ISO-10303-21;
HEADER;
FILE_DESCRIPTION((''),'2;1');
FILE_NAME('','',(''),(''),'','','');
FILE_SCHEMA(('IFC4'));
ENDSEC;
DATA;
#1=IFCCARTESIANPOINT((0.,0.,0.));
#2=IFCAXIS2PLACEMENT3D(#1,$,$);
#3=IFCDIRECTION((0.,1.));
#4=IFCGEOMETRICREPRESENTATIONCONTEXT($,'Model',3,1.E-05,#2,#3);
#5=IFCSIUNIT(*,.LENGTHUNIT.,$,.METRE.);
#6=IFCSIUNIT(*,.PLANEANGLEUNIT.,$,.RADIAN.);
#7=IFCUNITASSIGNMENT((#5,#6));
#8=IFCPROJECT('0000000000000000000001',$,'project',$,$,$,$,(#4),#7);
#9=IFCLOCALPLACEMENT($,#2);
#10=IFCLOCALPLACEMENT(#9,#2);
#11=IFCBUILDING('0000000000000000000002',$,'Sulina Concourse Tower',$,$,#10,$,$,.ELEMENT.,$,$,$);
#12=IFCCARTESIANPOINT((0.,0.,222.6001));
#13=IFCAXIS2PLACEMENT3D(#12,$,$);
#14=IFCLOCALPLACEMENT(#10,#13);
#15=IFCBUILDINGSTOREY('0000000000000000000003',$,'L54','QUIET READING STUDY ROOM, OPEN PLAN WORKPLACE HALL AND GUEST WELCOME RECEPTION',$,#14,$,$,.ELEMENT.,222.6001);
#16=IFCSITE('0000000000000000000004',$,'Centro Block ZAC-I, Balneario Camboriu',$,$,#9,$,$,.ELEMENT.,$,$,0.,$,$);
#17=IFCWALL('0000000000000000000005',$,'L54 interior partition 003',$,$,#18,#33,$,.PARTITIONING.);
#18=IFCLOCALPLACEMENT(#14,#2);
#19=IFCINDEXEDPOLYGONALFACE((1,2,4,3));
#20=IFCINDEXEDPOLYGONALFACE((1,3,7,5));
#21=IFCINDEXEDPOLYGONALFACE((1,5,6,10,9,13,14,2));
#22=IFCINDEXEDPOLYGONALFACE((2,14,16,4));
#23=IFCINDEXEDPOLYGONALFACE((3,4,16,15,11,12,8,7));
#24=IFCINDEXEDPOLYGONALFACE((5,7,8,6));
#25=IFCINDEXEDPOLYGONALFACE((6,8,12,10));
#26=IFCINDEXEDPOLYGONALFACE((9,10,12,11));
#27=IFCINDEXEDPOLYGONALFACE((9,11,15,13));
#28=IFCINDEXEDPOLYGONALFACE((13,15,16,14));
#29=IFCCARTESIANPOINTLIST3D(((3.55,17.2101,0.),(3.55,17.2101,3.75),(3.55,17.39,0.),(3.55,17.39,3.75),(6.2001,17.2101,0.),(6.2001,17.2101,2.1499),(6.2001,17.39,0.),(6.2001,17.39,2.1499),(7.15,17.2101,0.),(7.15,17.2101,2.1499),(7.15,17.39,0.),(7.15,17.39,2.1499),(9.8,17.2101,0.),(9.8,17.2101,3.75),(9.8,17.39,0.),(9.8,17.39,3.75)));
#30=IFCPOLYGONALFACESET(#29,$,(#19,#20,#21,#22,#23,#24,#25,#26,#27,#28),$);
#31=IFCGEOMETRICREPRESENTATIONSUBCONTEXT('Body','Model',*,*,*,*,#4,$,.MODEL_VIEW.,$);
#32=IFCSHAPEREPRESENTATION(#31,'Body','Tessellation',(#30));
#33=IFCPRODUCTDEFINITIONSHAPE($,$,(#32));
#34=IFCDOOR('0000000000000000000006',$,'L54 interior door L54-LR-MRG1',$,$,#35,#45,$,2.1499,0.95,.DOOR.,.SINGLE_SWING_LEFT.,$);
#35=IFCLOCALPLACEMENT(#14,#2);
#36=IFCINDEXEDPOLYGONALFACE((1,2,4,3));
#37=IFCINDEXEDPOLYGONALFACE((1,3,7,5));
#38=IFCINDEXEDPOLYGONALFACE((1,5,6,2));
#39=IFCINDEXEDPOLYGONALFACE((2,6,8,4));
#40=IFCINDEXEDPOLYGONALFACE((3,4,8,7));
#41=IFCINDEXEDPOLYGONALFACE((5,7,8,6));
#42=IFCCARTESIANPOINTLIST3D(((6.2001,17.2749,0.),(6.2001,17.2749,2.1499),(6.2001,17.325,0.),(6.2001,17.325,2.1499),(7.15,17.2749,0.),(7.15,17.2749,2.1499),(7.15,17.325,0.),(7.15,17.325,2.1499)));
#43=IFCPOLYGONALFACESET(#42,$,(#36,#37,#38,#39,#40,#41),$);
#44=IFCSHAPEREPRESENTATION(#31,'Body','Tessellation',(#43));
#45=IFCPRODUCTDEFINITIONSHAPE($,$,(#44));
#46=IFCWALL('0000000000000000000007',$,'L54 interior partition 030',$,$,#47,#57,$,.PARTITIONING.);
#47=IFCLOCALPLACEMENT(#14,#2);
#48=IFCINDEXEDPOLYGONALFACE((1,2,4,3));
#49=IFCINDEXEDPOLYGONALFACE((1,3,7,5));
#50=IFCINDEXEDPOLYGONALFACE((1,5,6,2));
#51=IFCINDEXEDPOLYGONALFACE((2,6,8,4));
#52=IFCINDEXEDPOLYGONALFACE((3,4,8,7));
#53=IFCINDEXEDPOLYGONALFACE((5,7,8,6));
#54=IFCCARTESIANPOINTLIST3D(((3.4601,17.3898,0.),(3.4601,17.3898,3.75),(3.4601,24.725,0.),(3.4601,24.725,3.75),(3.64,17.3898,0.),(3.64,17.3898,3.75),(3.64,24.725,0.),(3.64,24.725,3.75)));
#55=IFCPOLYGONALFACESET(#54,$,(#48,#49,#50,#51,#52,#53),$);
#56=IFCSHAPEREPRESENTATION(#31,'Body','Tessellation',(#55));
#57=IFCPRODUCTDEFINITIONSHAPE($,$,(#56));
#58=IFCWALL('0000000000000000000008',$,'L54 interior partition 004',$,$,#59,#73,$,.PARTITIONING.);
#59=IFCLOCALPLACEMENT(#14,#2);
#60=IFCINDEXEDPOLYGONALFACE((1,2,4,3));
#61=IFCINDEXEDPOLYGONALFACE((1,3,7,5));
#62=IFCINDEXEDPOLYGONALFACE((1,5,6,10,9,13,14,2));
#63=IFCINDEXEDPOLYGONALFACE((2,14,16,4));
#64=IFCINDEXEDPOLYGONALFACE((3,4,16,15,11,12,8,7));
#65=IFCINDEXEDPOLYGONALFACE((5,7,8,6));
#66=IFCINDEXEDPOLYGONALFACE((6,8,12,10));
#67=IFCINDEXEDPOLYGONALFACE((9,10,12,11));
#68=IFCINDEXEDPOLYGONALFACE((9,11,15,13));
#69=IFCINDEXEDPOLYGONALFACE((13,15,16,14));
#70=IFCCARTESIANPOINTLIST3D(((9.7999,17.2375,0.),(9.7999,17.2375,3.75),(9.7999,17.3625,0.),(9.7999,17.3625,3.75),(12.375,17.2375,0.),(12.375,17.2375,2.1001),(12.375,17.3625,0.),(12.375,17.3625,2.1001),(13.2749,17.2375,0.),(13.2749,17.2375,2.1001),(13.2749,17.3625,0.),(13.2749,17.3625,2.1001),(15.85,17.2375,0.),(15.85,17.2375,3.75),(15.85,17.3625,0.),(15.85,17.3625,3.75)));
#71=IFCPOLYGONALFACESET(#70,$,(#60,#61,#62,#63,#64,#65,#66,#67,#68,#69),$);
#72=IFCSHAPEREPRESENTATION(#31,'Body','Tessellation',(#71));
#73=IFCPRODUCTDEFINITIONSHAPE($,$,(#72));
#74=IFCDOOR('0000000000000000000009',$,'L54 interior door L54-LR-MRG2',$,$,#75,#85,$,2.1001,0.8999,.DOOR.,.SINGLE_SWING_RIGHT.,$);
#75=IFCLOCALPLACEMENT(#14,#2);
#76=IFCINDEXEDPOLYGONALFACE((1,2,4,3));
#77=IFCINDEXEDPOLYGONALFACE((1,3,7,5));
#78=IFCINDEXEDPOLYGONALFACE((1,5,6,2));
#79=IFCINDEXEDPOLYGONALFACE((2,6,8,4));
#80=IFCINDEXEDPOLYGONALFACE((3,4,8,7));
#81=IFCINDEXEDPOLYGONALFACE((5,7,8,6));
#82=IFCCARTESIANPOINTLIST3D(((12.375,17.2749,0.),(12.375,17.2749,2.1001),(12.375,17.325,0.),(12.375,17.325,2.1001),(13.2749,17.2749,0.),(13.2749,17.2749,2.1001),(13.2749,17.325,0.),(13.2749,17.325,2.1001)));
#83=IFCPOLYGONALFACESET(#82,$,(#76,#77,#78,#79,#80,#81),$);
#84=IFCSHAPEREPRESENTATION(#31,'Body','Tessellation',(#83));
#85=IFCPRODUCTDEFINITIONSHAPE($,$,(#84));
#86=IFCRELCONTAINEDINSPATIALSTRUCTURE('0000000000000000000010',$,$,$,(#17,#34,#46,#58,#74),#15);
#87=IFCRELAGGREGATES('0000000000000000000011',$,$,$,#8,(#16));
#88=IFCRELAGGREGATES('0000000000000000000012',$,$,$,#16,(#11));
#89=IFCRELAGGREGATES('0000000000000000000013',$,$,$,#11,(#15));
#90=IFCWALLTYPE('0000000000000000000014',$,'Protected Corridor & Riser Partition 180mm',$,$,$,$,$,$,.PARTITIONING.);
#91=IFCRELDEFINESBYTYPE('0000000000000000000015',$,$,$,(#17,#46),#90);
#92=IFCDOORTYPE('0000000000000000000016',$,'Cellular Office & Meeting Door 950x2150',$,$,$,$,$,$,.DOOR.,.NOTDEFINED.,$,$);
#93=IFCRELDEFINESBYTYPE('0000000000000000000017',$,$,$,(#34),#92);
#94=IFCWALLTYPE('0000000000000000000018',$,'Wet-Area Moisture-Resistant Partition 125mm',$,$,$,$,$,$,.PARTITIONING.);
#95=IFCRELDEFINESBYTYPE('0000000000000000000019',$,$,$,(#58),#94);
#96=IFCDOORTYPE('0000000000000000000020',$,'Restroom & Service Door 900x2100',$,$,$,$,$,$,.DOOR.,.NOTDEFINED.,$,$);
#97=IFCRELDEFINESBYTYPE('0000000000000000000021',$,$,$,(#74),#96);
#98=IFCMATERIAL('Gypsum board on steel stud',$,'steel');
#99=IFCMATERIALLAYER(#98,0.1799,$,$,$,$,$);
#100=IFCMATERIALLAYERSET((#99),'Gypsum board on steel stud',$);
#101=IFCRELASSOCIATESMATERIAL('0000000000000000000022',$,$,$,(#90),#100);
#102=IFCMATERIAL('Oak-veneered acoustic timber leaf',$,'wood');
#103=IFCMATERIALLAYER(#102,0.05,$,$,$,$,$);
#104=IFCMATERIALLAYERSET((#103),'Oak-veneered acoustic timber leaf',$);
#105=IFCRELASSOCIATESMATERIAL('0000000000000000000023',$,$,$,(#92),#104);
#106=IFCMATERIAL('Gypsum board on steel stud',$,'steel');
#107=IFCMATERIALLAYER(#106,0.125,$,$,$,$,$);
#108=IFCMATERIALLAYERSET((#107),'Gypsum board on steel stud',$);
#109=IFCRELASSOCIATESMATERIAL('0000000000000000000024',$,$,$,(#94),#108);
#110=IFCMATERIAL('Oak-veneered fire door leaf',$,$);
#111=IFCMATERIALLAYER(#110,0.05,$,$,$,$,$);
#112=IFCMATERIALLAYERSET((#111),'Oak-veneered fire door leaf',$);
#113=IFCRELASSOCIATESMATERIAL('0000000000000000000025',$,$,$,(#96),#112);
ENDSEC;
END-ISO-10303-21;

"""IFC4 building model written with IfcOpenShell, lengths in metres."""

from ifc_helpers import new_model, si_unit, direction, frame, frame_2d, origin, place, context, subcontext, project, spatial, rectangle, extrude, material, layer, layer_set, type_object, element, fill, save


model = new_model("IFC4")

# Units and contexts
model_context = context("Model", 3, precision=1e-05, world=origin(), true_north=direction((0.0, 1.0)))
body_context = subcontext(model_context, "Body", "Model", "MODEL_VIEW")
ifc_project = project(units=[si_unit("LENGTHUNIT", "METRE"), si_unit("PLANEANGLEUNIT", "RADIAN")], contexts=[model_context])

# Site, building, storey
site_placement = place(None, origin())
site = spatial("IfcSite", under=ifc_project, at=site_placement, Name="Centro Block ZAC-I, Balneario Camboriu", CompositionType="ELEMENT", RefElevation=0.0)
building_placement = place(site_placement, origin())
building = spatial("IfcBuilding", under=site, at=building_placement, Name="Sulina Concourse Tower", CompositionType="ELEMENT")
storey_placement = place(building_placement, frame((0.0, 0.0, 222.6001)))
storey = spatial("IfcBuildingStorey", under=building, at=storey_placement, Name="L54", Description="QUIET READING STUDY ROOM, OPEN PLAN WORKPLACE HALL AND GUEST WELCOME RECEPTION", CompositionType="ELEMENT", Elevation=222.6001)

# Wall, opening, door
ifc_material_1 = material(Name="Gypsum board on steel stud", Category="steel")
ifc_layer_1 = layer(ifc_material_1, 0.1799)
ifc_layer_set_1 = layer_set([ifc_layer_1], Name="Gypsum board on steel stud")
wall_type_1 = type_object("IfcWallType", Name="Protected Corridor & Riser Partition 180mm", PredefinedType="PARTITIONING", material=ifc_layer_set_1)
ifc_material_2 = material(Name="Oak-veneered acoustic timber leaf", Category="wood")
ifc_layer_2 = layer(ifc_material_2, 0.05)
ifc_layer_set_2 = layer_set([ifc_layer_2], Name="Oak-veneered acoustic timber leaf")
door_type_1 = type_object("IfcDoorType", Name="Cellular Office & Meeting Door 950x2150", OperationType="NOTDEFINED", PredefinedType="DOOR", material=ifc_layer_set_2)
wall_1_placement = place(storey_placement, frame((3.55, 17.3, 0.0), z_axis=(0.0, 0.0, 1.0), x_axis=(1.0, 0.0, 0.0)))
wall_1 = element("IfcWall", 1, at=wall_1_placement, inside=storey, type_object=wall_type_1, Name="L54 interior partition 003", PredefinedType="PARTITIONING", context=body_context, shape_type="SweptSolid", body=[
    extrude(rectangle(XDim=6.25, YDim=0.1799, at=frame_2d((3.125, 0.0))), origin(), (0.0, 0.0, 1.0), 3.75),
])
opening_1_placement = place(wall_1_placement, frame((2.6499, 0.0, 0.0)))
opening_1 = element("IfcOpeningElement", 2, at=opening_1_placement, cuts=wall_1, PredefinedType="OPENING", context=body_context, shape_type="SweptSolid", body=[
    extrude(rectangle(XDim=0.95, YDim=2.1499, at=frame_2d((0.4751, 1.075))), frame((0.0, 0.0999, 0.0), z_axis=(0.0, -1.0, 0.0), x_axis=(1.0, 0.0, 0.0)), (0.0, 0.0, 1.0), 0.2),
])
door_1_placement = place(opening_1_placement, origin())
door_1 = element("IfcDoor", 3, at=door_1_placement, inside=storey, type_object=door_type_1, Name="L54 interior door L54-LR-MRG1", OperationType="SINGLE_SWING_LEFT", OverallHeight=2.1499, OverallWidth=0.95, PredefinedType="DOOR", context=body_context, shape_type="SweptSolid", body=[
    extrude(rectangle(XDim=0.95, YDim=2.1499, at=frame_2d((0.4751, 1.075))), frame((0.0, 0.0249, 0.0), z_axis=(0.0, -1.0, 0.0), x_axis=(1.0, 0.0, 0.0)), (0.0, 0.0, 1.0), 0.05),
])
fill(opening_1, door_1)

# Wall
wall_2_placement = place(storey_placement, frame((3.55, 17.3899, 0.0), z_axis=(0.0, 0.0, 1.0), x_axis=(0.0, 1.0, 0.0)))
element("IfcWall", 4, at=wall_2_placement, inside=storey, type_object=wall_type_1, Name="L54 interior partition 030", PredefinedType="PARTITIONING", context=body_context, shape_type="SweptSolid", body=[
    extrude(rectangle(XDim=7.3352, YDim=0.1799, at=frame_2d((3.6675, 0.0))), origin(), (0.0, 0.0, 1.0), 3.75),
])

# Wall, opening, door
ifc_material_3 = material(Name="Gypsum board on steel stud", Category="steel")
ifc_layer_3 = layer(ifc_material_3, 0.125)
ifc_layer_set_3 = layer_set([ifc_layer_3], Name="Gypsum board on steel stud")
wall_type_2 = type_object("IfcWallType", Name="Wet-Area Moisture-Resistant Partition 125mm", PredefinedType="PARTITIONING", material=ifc_layer_set_3)
wall_3_placement = place(storey_placement, frame((9.8, 17.3, 0.0), z_axis=(0.0, 0.0, 1.0), x_axis=(1.0, 0.0, 0.0)))
wall_3 = element("IfcWall", 5, at=wall_3_placement, inside=storey, type_object=wall_type_2, Name="L54 interior partition 004", PredefinedType="PARTITIONING", context=body_context, shape_type="SweptSolid", body=[
    extrude(rectangle(XDim=6.05, YDim=0.125, at=frame_2d((3.0249, 0.0))), origin(), (0.0, 0.0, 1.0), 3.75),
])
opening_2_placement = place(wall_3_placement, frame((2.575, 0.0, 0.0)))
opening_2 = element("IfcOpeningElement", 6, at=opening_2_placement, cuts=wall_3, PredefinedType="OPENING", context=body_context, shape_type="SweptSolid", body=[
    extrude(rectangle(XDim=0.8999, YDim=2.1001, at=frame_2d((0.45, 1.05))), frame((0.0, 0.0725, 0.0), z_axis=(0.0, -1.0, 0.0), x_axis=(1.0, 0.0, 0.0)), (0.0, 0.0, 1.0), 0.145),
])
ifc_material_4 = material(Name="Oak-veneered fire door leaf")
ifc_layer_4 = layer(ifc_material_4, 0.05)
ifc_layer_set_4 = layer_set([ifc_layer_4], Name="Oak-veneered fire door leaf")
door_type_2 = type_object("IfcDoorType", Name="Restroom & Service Door 900x2100", OperationType="NOTDEFINED", PredefinedType="DOOR", material=ifc_layer_set_4)
door_2_placement = place(opening_2_placement, origin())
door_2 = element("IfcDoor", 7, at=door_2_placement, inside=storey, type_object=door_type_2, Name="L54 interior door L54-LR-MRG2", OperationType="SINGLE_SWING_RIGHT", OverallHeight=2.1001, OverallWidth=0.8999, PredefinedType="DOOR", context=body_context, shape_type="SweptSolid", body=[
    extrude(rectangle(XDim=0.8999, YDim=2.1001, at=frame_2d((0.45, 1.05))), frame((0.0, 0.0249, 0.0), z_axis=(0.0, -1.0, 0.0), x_axis=(1.0, 0.0, 0.0)), (0.0, 0.0, 1.0), 0.05),
])
fill(opening_2, door_2)

save(model, "model.ifc")
